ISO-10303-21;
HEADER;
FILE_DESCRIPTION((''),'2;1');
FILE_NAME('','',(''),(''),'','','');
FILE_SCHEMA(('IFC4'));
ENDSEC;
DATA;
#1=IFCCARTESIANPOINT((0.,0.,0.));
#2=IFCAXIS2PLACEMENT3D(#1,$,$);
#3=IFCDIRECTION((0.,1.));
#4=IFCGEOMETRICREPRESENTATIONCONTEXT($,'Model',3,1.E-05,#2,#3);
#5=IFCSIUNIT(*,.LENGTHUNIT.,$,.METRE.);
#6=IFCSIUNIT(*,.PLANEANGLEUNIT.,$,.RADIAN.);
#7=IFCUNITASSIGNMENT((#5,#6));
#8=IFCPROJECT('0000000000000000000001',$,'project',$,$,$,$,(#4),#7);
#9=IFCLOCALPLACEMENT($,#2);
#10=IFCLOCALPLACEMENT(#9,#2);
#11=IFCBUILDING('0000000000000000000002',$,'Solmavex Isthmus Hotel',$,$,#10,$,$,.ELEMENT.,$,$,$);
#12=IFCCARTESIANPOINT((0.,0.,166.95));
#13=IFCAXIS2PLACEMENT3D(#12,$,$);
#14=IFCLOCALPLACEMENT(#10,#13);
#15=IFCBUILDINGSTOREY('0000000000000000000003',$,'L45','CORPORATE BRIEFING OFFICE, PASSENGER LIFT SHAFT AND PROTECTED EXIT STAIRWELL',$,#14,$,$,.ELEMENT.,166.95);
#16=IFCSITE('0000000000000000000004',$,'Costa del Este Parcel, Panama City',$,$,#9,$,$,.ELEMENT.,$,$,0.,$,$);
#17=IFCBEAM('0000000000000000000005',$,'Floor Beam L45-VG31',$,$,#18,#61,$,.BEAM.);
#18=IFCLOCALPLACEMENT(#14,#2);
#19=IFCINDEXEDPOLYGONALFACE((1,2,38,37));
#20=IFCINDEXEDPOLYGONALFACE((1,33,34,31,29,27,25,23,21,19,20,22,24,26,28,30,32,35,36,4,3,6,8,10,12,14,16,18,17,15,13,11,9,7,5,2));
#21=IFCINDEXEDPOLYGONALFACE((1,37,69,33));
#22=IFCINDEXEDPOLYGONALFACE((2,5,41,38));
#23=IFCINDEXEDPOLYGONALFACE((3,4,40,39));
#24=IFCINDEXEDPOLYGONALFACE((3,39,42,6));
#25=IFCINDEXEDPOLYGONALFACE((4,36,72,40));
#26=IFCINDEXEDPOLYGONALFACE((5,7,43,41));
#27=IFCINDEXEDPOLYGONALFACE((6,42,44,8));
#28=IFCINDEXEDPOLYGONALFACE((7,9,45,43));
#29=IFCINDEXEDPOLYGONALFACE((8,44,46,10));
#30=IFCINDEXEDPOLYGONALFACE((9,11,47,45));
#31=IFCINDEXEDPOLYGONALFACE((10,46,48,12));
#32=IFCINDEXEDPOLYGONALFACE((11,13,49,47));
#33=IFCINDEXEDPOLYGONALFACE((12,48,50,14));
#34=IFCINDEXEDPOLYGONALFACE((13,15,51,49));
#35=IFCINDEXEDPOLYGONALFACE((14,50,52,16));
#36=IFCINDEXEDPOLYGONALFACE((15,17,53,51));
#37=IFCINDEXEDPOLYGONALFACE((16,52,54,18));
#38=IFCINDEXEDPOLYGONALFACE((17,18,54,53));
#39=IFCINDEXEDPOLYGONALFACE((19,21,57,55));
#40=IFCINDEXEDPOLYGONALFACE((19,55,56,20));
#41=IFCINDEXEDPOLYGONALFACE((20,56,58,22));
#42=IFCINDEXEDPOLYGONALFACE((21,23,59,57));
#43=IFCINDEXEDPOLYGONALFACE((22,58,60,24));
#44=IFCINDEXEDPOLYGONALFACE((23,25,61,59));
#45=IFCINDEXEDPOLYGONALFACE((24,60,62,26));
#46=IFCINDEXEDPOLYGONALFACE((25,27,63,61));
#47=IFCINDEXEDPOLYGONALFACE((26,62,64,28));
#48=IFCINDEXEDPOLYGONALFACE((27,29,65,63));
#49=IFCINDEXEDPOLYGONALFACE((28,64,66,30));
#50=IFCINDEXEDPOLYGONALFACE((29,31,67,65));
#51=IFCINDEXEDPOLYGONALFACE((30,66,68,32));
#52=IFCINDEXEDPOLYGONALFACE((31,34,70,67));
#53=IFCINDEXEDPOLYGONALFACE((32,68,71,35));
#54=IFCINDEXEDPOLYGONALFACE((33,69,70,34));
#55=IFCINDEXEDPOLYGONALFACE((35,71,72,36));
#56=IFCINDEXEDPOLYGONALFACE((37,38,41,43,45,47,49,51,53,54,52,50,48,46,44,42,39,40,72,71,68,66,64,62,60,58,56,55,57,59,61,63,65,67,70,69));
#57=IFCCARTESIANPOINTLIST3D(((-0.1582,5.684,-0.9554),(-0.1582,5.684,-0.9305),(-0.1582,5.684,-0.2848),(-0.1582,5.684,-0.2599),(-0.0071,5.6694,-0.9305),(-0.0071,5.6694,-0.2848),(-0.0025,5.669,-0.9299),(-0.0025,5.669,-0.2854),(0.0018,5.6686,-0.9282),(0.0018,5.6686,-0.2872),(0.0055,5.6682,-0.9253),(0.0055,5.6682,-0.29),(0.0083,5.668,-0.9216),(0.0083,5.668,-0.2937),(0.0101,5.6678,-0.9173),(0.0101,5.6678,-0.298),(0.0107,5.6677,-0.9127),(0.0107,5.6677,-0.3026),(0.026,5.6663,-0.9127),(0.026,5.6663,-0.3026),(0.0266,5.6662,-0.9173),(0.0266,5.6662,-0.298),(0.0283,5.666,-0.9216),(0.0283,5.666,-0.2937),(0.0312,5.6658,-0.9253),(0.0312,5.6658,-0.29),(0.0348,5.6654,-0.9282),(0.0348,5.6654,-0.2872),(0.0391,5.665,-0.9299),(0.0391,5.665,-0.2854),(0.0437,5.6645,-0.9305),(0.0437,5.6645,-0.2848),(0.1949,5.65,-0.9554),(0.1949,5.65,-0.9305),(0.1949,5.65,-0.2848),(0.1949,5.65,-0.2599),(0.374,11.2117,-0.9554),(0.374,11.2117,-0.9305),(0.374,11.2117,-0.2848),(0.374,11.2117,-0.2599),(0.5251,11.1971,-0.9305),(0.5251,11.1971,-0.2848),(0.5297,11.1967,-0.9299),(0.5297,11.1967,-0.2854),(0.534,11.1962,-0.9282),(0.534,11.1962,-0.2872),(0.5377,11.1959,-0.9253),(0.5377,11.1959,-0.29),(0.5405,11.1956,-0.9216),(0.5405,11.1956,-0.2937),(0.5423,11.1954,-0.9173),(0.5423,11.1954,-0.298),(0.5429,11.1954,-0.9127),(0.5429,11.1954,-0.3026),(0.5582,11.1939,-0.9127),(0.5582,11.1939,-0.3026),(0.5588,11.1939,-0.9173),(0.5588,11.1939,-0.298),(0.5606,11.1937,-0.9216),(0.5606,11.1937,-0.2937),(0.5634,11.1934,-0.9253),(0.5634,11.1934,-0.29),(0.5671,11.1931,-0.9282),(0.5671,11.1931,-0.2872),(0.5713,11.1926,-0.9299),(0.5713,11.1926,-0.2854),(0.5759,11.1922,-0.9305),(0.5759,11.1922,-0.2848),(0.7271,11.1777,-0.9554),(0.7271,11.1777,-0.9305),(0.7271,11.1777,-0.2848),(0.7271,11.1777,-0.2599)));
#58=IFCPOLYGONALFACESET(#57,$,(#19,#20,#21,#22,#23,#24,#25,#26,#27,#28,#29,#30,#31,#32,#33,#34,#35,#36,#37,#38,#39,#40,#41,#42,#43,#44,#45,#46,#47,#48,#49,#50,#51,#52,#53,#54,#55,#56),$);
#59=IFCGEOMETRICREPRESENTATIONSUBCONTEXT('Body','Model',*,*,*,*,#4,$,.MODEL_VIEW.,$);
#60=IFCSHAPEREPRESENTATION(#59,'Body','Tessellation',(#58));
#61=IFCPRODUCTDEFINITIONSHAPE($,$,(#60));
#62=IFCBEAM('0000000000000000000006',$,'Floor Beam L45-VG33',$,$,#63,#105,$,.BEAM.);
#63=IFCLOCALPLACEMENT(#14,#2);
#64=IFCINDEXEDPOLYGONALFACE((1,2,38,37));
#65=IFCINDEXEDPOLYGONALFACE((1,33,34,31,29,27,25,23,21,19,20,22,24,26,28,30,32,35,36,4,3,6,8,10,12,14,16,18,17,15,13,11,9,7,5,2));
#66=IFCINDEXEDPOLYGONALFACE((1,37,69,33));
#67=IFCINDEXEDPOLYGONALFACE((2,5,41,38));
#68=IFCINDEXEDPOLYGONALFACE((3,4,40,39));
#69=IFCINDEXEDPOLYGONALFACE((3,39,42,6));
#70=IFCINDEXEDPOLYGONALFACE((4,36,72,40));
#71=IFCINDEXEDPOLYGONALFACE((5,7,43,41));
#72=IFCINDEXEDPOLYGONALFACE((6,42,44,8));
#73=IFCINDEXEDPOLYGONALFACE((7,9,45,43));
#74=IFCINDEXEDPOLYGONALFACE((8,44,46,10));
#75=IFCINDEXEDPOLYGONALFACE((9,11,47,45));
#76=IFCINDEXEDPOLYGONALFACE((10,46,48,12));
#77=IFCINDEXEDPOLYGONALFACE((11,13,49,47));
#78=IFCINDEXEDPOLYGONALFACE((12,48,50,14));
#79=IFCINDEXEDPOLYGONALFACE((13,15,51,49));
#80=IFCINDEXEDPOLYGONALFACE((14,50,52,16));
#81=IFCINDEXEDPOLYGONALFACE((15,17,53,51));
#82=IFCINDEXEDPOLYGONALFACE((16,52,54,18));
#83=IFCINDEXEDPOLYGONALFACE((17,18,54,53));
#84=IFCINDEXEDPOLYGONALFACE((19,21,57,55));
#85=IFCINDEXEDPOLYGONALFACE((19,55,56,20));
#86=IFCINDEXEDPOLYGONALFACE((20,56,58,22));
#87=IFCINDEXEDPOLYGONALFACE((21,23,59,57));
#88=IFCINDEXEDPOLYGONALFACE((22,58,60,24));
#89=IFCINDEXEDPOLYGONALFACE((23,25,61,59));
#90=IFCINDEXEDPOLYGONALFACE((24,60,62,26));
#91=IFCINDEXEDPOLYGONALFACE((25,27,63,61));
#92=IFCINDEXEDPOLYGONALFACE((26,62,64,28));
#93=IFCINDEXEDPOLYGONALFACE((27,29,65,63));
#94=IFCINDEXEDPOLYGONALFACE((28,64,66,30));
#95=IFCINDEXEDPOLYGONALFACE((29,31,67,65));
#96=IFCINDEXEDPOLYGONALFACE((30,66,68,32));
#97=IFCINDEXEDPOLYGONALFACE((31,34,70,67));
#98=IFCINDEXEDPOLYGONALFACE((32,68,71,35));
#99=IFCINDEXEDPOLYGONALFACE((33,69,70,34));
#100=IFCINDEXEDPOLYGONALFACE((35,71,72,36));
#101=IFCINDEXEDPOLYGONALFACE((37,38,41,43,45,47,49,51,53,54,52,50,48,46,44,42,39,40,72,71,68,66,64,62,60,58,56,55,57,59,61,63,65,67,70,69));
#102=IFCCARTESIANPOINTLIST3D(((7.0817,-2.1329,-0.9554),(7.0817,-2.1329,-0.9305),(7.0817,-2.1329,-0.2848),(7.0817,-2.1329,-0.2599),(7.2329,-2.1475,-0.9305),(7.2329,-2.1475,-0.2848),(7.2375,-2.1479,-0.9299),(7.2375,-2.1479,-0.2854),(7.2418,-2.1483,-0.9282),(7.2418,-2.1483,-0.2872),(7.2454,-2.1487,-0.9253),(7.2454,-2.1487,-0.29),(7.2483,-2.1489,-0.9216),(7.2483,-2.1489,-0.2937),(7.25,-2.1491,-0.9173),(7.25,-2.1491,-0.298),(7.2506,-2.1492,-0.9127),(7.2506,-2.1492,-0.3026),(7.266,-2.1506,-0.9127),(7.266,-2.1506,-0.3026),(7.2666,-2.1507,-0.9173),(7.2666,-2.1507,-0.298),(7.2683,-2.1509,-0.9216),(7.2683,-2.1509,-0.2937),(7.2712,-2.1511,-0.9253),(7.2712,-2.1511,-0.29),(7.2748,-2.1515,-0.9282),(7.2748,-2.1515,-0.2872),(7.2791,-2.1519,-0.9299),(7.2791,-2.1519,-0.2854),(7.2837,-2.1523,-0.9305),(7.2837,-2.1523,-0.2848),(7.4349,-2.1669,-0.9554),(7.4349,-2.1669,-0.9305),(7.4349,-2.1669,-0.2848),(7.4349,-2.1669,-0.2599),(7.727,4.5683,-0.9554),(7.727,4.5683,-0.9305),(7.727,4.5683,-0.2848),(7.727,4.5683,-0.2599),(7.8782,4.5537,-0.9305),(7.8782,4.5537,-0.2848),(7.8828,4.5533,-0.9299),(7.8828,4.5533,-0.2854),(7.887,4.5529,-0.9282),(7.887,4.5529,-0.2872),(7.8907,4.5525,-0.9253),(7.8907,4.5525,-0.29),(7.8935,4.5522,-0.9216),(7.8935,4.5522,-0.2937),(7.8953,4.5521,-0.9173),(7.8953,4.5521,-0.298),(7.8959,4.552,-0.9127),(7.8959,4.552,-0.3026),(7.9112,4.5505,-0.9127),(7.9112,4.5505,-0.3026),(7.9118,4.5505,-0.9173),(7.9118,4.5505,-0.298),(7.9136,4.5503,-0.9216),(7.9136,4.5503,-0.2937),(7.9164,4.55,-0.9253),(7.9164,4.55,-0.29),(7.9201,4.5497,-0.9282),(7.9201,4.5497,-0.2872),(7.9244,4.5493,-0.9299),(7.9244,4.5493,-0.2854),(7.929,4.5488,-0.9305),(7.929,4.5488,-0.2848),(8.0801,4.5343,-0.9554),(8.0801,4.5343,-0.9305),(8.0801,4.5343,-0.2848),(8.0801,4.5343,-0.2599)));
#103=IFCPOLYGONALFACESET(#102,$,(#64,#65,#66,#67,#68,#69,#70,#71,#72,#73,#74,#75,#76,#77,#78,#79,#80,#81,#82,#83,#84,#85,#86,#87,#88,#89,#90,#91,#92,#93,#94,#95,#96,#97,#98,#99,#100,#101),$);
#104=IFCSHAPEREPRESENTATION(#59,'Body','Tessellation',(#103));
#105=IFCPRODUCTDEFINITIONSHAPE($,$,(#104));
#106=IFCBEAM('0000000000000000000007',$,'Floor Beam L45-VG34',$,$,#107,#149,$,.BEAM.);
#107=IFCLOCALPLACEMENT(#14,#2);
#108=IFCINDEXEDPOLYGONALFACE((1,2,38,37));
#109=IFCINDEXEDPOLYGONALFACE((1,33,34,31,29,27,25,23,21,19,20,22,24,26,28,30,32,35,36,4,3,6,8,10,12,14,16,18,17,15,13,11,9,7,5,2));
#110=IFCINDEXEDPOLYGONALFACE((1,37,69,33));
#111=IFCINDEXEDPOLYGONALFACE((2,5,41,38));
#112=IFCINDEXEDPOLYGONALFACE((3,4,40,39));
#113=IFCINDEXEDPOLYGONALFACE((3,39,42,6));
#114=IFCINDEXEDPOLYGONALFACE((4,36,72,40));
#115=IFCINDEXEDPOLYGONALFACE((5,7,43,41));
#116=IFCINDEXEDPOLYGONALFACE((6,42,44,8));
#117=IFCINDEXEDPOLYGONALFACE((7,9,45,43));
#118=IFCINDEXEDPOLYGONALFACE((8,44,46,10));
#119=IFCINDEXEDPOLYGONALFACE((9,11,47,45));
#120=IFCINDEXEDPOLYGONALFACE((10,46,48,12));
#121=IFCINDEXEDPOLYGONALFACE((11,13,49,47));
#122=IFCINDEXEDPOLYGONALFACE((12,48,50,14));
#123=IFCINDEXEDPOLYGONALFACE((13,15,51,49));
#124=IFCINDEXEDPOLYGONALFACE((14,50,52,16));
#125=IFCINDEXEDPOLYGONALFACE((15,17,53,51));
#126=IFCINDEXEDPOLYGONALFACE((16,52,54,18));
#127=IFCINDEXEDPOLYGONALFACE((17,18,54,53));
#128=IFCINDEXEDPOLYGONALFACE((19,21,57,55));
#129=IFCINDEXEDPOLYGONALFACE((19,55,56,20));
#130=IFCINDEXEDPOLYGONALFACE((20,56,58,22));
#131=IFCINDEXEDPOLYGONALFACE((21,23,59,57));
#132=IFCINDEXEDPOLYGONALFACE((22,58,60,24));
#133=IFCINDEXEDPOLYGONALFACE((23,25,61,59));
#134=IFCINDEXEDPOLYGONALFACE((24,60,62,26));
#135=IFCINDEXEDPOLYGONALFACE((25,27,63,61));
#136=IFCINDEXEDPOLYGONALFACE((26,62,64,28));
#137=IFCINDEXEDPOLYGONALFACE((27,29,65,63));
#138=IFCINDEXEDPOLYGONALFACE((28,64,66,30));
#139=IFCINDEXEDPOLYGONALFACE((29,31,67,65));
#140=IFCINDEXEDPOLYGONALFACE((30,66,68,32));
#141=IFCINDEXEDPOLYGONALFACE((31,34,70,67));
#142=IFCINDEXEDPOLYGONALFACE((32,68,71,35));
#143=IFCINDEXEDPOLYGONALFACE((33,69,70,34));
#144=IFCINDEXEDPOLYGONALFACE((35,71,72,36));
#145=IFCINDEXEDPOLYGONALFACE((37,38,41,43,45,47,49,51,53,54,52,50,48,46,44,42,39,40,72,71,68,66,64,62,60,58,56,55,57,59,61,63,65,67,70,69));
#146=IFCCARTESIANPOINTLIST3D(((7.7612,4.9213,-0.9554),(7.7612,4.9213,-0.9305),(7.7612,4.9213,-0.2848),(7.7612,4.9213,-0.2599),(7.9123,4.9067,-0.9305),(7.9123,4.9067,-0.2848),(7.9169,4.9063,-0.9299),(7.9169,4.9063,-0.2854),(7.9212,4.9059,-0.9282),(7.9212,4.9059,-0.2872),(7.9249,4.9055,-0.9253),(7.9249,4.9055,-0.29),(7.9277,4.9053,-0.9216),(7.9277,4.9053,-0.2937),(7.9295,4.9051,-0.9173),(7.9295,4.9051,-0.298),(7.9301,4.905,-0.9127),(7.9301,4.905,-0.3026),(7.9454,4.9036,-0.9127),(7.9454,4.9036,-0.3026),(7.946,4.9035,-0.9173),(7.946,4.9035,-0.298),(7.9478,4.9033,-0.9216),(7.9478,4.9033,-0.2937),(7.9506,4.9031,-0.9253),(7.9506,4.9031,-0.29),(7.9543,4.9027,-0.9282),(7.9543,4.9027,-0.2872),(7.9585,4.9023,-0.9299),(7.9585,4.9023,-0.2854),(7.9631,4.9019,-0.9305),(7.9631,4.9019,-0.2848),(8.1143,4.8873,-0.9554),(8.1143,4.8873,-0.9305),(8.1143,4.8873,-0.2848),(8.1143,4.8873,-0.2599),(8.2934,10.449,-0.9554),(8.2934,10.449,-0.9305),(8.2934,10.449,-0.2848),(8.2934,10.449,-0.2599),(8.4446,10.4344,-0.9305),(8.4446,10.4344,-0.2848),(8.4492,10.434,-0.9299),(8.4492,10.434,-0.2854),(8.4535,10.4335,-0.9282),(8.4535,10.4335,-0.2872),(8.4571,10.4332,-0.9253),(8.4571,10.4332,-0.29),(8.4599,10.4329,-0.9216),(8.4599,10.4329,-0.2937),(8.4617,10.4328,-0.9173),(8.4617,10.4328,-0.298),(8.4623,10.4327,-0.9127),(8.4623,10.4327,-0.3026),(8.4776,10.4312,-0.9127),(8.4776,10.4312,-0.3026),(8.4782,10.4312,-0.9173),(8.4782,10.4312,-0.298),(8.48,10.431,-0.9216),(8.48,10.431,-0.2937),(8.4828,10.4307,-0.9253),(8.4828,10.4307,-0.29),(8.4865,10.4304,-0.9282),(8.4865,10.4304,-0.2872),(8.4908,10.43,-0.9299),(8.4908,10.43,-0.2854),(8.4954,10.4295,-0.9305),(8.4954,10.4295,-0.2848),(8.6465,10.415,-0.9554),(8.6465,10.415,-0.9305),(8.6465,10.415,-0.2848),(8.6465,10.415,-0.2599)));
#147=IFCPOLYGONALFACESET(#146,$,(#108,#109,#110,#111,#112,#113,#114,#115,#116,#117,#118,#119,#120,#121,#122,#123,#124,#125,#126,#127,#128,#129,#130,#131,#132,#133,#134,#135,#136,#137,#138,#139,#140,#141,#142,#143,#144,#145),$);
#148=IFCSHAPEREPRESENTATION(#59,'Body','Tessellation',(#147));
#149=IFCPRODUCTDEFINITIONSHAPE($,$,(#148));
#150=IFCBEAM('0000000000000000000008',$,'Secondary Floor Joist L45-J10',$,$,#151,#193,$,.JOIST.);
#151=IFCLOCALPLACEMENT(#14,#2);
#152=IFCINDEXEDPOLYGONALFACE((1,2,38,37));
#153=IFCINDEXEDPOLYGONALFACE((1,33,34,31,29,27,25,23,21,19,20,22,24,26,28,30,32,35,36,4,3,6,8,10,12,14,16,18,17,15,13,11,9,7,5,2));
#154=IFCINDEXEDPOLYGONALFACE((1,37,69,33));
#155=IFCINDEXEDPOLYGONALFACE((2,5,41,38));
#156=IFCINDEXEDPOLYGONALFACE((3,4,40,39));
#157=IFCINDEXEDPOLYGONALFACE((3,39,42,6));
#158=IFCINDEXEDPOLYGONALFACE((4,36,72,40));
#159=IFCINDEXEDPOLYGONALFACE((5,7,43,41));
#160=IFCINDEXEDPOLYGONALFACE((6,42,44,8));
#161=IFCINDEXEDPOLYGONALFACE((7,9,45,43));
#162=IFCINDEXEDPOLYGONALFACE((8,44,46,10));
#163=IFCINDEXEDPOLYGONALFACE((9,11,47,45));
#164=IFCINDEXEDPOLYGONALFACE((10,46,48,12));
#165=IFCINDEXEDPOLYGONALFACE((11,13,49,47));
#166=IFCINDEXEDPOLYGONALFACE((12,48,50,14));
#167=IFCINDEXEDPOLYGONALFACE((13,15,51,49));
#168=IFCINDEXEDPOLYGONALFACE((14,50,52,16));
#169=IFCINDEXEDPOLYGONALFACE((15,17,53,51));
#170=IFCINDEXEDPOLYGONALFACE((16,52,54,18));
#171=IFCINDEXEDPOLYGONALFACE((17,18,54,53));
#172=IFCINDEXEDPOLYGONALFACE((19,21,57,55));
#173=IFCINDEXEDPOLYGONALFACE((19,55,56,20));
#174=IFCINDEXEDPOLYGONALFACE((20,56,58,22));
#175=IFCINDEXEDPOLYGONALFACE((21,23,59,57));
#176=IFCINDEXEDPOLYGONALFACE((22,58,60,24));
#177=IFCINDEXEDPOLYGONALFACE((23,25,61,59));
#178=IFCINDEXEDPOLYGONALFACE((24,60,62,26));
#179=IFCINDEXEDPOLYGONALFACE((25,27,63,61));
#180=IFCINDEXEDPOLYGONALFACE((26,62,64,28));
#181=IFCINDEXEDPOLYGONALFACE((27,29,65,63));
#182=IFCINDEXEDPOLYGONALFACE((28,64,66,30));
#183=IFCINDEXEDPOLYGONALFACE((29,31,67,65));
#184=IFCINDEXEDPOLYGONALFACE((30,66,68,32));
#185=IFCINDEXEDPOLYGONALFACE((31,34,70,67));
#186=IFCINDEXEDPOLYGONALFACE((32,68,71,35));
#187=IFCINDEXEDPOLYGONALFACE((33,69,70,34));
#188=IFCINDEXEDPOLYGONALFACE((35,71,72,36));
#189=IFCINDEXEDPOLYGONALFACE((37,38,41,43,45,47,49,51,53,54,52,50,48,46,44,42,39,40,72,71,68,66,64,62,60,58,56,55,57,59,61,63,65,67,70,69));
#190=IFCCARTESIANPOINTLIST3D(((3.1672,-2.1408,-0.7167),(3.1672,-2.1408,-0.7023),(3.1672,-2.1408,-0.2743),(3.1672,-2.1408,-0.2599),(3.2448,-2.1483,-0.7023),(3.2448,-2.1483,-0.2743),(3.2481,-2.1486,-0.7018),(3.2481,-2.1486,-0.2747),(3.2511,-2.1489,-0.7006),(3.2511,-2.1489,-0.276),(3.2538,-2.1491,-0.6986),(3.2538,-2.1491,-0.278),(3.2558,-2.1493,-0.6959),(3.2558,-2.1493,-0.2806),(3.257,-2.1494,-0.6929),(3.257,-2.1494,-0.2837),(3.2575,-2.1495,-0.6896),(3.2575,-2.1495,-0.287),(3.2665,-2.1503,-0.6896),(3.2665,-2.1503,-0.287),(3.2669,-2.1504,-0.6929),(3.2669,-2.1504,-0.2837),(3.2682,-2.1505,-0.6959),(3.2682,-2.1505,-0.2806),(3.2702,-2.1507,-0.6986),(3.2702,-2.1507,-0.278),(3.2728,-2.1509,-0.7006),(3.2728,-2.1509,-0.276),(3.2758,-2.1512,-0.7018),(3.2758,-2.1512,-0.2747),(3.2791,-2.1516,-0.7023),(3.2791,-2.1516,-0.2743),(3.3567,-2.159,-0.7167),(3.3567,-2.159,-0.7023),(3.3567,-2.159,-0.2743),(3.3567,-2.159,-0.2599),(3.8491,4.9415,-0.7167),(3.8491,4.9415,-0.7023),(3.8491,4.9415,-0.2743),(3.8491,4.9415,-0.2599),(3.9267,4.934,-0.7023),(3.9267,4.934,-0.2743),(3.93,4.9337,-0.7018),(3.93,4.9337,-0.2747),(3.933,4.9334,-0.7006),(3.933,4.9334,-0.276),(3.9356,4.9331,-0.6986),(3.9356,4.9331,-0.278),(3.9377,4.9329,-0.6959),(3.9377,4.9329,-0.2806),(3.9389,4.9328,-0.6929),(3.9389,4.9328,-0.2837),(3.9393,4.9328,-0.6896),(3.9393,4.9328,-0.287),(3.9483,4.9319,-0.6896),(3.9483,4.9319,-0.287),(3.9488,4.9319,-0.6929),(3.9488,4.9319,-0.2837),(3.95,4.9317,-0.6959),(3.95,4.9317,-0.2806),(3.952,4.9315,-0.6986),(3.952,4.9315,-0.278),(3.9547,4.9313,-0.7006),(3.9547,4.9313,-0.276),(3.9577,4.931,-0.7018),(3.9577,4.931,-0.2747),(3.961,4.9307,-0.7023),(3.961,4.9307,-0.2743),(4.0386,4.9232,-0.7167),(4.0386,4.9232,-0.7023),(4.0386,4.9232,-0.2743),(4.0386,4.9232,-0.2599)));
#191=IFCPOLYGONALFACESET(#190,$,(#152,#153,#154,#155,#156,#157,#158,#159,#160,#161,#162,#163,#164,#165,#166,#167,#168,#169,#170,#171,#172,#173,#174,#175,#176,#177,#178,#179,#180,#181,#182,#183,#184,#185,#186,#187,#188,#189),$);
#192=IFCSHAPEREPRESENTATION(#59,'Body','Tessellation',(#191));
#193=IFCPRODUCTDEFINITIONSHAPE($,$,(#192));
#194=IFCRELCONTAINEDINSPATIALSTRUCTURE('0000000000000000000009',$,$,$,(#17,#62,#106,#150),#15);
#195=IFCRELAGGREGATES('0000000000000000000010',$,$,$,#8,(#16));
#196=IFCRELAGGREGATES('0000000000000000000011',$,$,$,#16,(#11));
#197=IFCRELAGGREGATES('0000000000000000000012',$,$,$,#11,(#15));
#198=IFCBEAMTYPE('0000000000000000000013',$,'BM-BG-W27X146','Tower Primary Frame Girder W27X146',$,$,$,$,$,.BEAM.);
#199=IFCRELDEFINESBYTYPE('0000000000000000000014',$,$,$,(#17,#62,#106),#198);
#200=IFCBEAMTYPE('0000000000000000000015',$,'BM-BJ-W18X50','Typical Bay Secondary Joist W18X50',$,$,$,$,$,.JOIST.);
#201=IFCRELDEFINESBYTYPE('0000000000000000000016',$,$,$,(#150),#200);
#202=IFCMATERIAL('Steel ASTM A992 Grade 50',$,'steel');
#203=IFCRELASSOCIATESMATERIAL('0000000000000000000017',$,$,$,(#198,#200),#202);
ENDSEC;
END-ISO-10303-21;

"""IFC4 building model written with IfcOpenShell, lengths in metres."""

from ifc_helpers import new_model, si_unit, direction, frame, origin, origin_2d, place, context, subcontext, project, spatial, i_section, extrude, material, material_profile, profile_set, type_object, element, save


model = new_model("IFC4")

# Units and contexts
model_context = context("Model", 3, precision=1e-05, world=origin(), true_north=direction((0.0, 1.0)))
body_context = subcontext(model_context, "Body", "Model", "MODEL_VIEW")
ifc_project = project(units=[si_unit("LENGTHUNIT", "METRE"), si_unit("PLANEANGLEUNIT", "RADIAN")], contexts=[model_context])

# Site, building, storey
site_placement = place(None, origin())
site = spatial("IfcSite", under=ifc_project, at=site_placement, Name="Costa del Este Parcel, Panama City", CompositionType="ELEMENT", RefElevation=0.0)
building_placement = place(site_placement, origin())
building = spatial("IfcBuilding", under=site, at=building_placement, Name="Solmavex Isthmus Hotel", CompositionType="ELEMENT")
storey_placement = place(building_placement, frame((0.0, 0.0, 166.95)))
storey = spatial("IfcBuildingStorey", under=building, at=storey_placement, Name="L45", Description="CORPORATE BRIEFING OFFICE, PASSENGER LIFT SHAFT AND PROTECTED EXIT STAIRWELL", CompositionType="ELEMENT", Elevation=166.95)

# Beams
ifc_material_1 = material(Name="Steel ASTM A992 Grade 50", Category="steel")
ifc_material_profile_1 = material_profile(ifc_material_1, i_section(OverallWidth=0.3547, OverallDepth=0.6956, WebThickness=0.0154, FlangeThickness=0.0249, FilletRadius=0.0178, at=origin_2d()), Name="W27X146")
ifc_profile_set_1 = profile_set([ifc_material_profile_1], Name="Steel ASTM A992 Grade 50")
beam_type_1 = type_object("IfcBeamType", Name="BM-BG-W27X146", Description="Tower Primary Frame Girder W27X146", PredefinedType="BEAM", material=ifc_profile_set_1)
beam_1_placement = place(storey_placement, frame((0.0183, 5.667, -0.6077), z_axis=(0.095842, 0.995397, 0.0), x_axis=(-0.995397, 0.095842, 0.0)))
element("IfcBeam", 1, at=beam_1_placement, inside=storey, type_object=beam_type_1, Name="Floor Beam L45-VG31", PredefinedType="BEAM", context=body_context, shape_type="SweptSolid", body=[
    extrude(i_section(OverallWidth=0.3547, OverallDepth=0.6956, WebThickness=0.0154, FlangeThickness=0.0249, FilletRadius=0.0178, at=origin_2d()), origin(), (0.0, 0.0, 1.0), 5.5532),
])
beam_2_placement = place(storey_placement, frame((7.2583, -2.1499, -0.6077), z_axis=(0.095848, 0.995396, 0.0), x_axis=(-0.995396, 0.095848, 0.0)))
element("IfcBeam", 2, at=beam_2_placement, inside=storey, type_object=beam_type_1, Name="Floor Beam L45-VG33", PredefinedType="BEAM", context=body_context, shape_type="SweptSolid", body=[
    extrude(i_section(OverallWidth=0.3547, OverallDepth=0.6956, WebThickness=0.0154, FlangeThickness=0.0249, FilletRadius=0.0178, at=origin_2d()), origin(), (0.0, 0.0, 1.0), 6.7322),
])
beam_3_placement = place(storey_placement, frame((7.9377, 4.9043, -0.6077), z_axis=(0.095842, 0.995397, 0.0), x_axis=(-0.995397, 0.095842, 0.0)))
element("IfcBeam", 3, at=beam_3_placement, inside=storey, type_object=beam_type_1, Name="Floor Beam L45-VG34", PredefinedType="BEAM", context=body_context, shape_type="SweptSolid", body=[
    extrude(i_section(OverallWidth=0.3547, OverallDepth=0.6956, WebThickness=0.0154, FlangeThickness=0.0249, FilletRadius=0.0178, at=origin_2d()), origin(), (0.0, 0.0, 1.0), 5.5532),
])
ifc_material_profile_2 = material_profile(ifc_material_1, i_section(OverallWidth=0.1904, OverallDepth=0.4568, WebThickness=0.009, FlangeThickness=0.0144, FilletRadius=0.0127, at=origin_2d()), Name="W18X50")
ifc_profile_set_2 = profile_set([ifc_material_profile_2], Name="Steel ASTM A992 Grade 50")
beam_type_2 = type_object("IfcBeamType", Name="BM-BJ-W18X50", Description="Typical Bay Secondary Joist W18X50", PredefinedType="JOIST", material=ifc_profile_set_2)
beam_4_placement = place(storey_placement, frame((3.262, -2.1499, -0.4883), z_axis=(0.095837, 0.995397, 0.0), x_axis=(-0.995397, 0.095837, 0.0)))
element("IfcBeam", 4, at=beam_4_placement, inside=storey, type_object=beam_type_2, Name="Secondary Floor Joist L45-J10", PredefinedType="JOIST", context=body_context, shape_type="SweptSolid", body=[
    extrude(i_section(OverallWidth=0.1904, OverallDepth=0.4568, WebThickness=0.009, FlangeThickness=0.0144, FilletRadius=0.0127, at=origin_2d()), origin(), (0.0, 0.0, 1.0), 7.115),
])

save(model, "model.ifc")
